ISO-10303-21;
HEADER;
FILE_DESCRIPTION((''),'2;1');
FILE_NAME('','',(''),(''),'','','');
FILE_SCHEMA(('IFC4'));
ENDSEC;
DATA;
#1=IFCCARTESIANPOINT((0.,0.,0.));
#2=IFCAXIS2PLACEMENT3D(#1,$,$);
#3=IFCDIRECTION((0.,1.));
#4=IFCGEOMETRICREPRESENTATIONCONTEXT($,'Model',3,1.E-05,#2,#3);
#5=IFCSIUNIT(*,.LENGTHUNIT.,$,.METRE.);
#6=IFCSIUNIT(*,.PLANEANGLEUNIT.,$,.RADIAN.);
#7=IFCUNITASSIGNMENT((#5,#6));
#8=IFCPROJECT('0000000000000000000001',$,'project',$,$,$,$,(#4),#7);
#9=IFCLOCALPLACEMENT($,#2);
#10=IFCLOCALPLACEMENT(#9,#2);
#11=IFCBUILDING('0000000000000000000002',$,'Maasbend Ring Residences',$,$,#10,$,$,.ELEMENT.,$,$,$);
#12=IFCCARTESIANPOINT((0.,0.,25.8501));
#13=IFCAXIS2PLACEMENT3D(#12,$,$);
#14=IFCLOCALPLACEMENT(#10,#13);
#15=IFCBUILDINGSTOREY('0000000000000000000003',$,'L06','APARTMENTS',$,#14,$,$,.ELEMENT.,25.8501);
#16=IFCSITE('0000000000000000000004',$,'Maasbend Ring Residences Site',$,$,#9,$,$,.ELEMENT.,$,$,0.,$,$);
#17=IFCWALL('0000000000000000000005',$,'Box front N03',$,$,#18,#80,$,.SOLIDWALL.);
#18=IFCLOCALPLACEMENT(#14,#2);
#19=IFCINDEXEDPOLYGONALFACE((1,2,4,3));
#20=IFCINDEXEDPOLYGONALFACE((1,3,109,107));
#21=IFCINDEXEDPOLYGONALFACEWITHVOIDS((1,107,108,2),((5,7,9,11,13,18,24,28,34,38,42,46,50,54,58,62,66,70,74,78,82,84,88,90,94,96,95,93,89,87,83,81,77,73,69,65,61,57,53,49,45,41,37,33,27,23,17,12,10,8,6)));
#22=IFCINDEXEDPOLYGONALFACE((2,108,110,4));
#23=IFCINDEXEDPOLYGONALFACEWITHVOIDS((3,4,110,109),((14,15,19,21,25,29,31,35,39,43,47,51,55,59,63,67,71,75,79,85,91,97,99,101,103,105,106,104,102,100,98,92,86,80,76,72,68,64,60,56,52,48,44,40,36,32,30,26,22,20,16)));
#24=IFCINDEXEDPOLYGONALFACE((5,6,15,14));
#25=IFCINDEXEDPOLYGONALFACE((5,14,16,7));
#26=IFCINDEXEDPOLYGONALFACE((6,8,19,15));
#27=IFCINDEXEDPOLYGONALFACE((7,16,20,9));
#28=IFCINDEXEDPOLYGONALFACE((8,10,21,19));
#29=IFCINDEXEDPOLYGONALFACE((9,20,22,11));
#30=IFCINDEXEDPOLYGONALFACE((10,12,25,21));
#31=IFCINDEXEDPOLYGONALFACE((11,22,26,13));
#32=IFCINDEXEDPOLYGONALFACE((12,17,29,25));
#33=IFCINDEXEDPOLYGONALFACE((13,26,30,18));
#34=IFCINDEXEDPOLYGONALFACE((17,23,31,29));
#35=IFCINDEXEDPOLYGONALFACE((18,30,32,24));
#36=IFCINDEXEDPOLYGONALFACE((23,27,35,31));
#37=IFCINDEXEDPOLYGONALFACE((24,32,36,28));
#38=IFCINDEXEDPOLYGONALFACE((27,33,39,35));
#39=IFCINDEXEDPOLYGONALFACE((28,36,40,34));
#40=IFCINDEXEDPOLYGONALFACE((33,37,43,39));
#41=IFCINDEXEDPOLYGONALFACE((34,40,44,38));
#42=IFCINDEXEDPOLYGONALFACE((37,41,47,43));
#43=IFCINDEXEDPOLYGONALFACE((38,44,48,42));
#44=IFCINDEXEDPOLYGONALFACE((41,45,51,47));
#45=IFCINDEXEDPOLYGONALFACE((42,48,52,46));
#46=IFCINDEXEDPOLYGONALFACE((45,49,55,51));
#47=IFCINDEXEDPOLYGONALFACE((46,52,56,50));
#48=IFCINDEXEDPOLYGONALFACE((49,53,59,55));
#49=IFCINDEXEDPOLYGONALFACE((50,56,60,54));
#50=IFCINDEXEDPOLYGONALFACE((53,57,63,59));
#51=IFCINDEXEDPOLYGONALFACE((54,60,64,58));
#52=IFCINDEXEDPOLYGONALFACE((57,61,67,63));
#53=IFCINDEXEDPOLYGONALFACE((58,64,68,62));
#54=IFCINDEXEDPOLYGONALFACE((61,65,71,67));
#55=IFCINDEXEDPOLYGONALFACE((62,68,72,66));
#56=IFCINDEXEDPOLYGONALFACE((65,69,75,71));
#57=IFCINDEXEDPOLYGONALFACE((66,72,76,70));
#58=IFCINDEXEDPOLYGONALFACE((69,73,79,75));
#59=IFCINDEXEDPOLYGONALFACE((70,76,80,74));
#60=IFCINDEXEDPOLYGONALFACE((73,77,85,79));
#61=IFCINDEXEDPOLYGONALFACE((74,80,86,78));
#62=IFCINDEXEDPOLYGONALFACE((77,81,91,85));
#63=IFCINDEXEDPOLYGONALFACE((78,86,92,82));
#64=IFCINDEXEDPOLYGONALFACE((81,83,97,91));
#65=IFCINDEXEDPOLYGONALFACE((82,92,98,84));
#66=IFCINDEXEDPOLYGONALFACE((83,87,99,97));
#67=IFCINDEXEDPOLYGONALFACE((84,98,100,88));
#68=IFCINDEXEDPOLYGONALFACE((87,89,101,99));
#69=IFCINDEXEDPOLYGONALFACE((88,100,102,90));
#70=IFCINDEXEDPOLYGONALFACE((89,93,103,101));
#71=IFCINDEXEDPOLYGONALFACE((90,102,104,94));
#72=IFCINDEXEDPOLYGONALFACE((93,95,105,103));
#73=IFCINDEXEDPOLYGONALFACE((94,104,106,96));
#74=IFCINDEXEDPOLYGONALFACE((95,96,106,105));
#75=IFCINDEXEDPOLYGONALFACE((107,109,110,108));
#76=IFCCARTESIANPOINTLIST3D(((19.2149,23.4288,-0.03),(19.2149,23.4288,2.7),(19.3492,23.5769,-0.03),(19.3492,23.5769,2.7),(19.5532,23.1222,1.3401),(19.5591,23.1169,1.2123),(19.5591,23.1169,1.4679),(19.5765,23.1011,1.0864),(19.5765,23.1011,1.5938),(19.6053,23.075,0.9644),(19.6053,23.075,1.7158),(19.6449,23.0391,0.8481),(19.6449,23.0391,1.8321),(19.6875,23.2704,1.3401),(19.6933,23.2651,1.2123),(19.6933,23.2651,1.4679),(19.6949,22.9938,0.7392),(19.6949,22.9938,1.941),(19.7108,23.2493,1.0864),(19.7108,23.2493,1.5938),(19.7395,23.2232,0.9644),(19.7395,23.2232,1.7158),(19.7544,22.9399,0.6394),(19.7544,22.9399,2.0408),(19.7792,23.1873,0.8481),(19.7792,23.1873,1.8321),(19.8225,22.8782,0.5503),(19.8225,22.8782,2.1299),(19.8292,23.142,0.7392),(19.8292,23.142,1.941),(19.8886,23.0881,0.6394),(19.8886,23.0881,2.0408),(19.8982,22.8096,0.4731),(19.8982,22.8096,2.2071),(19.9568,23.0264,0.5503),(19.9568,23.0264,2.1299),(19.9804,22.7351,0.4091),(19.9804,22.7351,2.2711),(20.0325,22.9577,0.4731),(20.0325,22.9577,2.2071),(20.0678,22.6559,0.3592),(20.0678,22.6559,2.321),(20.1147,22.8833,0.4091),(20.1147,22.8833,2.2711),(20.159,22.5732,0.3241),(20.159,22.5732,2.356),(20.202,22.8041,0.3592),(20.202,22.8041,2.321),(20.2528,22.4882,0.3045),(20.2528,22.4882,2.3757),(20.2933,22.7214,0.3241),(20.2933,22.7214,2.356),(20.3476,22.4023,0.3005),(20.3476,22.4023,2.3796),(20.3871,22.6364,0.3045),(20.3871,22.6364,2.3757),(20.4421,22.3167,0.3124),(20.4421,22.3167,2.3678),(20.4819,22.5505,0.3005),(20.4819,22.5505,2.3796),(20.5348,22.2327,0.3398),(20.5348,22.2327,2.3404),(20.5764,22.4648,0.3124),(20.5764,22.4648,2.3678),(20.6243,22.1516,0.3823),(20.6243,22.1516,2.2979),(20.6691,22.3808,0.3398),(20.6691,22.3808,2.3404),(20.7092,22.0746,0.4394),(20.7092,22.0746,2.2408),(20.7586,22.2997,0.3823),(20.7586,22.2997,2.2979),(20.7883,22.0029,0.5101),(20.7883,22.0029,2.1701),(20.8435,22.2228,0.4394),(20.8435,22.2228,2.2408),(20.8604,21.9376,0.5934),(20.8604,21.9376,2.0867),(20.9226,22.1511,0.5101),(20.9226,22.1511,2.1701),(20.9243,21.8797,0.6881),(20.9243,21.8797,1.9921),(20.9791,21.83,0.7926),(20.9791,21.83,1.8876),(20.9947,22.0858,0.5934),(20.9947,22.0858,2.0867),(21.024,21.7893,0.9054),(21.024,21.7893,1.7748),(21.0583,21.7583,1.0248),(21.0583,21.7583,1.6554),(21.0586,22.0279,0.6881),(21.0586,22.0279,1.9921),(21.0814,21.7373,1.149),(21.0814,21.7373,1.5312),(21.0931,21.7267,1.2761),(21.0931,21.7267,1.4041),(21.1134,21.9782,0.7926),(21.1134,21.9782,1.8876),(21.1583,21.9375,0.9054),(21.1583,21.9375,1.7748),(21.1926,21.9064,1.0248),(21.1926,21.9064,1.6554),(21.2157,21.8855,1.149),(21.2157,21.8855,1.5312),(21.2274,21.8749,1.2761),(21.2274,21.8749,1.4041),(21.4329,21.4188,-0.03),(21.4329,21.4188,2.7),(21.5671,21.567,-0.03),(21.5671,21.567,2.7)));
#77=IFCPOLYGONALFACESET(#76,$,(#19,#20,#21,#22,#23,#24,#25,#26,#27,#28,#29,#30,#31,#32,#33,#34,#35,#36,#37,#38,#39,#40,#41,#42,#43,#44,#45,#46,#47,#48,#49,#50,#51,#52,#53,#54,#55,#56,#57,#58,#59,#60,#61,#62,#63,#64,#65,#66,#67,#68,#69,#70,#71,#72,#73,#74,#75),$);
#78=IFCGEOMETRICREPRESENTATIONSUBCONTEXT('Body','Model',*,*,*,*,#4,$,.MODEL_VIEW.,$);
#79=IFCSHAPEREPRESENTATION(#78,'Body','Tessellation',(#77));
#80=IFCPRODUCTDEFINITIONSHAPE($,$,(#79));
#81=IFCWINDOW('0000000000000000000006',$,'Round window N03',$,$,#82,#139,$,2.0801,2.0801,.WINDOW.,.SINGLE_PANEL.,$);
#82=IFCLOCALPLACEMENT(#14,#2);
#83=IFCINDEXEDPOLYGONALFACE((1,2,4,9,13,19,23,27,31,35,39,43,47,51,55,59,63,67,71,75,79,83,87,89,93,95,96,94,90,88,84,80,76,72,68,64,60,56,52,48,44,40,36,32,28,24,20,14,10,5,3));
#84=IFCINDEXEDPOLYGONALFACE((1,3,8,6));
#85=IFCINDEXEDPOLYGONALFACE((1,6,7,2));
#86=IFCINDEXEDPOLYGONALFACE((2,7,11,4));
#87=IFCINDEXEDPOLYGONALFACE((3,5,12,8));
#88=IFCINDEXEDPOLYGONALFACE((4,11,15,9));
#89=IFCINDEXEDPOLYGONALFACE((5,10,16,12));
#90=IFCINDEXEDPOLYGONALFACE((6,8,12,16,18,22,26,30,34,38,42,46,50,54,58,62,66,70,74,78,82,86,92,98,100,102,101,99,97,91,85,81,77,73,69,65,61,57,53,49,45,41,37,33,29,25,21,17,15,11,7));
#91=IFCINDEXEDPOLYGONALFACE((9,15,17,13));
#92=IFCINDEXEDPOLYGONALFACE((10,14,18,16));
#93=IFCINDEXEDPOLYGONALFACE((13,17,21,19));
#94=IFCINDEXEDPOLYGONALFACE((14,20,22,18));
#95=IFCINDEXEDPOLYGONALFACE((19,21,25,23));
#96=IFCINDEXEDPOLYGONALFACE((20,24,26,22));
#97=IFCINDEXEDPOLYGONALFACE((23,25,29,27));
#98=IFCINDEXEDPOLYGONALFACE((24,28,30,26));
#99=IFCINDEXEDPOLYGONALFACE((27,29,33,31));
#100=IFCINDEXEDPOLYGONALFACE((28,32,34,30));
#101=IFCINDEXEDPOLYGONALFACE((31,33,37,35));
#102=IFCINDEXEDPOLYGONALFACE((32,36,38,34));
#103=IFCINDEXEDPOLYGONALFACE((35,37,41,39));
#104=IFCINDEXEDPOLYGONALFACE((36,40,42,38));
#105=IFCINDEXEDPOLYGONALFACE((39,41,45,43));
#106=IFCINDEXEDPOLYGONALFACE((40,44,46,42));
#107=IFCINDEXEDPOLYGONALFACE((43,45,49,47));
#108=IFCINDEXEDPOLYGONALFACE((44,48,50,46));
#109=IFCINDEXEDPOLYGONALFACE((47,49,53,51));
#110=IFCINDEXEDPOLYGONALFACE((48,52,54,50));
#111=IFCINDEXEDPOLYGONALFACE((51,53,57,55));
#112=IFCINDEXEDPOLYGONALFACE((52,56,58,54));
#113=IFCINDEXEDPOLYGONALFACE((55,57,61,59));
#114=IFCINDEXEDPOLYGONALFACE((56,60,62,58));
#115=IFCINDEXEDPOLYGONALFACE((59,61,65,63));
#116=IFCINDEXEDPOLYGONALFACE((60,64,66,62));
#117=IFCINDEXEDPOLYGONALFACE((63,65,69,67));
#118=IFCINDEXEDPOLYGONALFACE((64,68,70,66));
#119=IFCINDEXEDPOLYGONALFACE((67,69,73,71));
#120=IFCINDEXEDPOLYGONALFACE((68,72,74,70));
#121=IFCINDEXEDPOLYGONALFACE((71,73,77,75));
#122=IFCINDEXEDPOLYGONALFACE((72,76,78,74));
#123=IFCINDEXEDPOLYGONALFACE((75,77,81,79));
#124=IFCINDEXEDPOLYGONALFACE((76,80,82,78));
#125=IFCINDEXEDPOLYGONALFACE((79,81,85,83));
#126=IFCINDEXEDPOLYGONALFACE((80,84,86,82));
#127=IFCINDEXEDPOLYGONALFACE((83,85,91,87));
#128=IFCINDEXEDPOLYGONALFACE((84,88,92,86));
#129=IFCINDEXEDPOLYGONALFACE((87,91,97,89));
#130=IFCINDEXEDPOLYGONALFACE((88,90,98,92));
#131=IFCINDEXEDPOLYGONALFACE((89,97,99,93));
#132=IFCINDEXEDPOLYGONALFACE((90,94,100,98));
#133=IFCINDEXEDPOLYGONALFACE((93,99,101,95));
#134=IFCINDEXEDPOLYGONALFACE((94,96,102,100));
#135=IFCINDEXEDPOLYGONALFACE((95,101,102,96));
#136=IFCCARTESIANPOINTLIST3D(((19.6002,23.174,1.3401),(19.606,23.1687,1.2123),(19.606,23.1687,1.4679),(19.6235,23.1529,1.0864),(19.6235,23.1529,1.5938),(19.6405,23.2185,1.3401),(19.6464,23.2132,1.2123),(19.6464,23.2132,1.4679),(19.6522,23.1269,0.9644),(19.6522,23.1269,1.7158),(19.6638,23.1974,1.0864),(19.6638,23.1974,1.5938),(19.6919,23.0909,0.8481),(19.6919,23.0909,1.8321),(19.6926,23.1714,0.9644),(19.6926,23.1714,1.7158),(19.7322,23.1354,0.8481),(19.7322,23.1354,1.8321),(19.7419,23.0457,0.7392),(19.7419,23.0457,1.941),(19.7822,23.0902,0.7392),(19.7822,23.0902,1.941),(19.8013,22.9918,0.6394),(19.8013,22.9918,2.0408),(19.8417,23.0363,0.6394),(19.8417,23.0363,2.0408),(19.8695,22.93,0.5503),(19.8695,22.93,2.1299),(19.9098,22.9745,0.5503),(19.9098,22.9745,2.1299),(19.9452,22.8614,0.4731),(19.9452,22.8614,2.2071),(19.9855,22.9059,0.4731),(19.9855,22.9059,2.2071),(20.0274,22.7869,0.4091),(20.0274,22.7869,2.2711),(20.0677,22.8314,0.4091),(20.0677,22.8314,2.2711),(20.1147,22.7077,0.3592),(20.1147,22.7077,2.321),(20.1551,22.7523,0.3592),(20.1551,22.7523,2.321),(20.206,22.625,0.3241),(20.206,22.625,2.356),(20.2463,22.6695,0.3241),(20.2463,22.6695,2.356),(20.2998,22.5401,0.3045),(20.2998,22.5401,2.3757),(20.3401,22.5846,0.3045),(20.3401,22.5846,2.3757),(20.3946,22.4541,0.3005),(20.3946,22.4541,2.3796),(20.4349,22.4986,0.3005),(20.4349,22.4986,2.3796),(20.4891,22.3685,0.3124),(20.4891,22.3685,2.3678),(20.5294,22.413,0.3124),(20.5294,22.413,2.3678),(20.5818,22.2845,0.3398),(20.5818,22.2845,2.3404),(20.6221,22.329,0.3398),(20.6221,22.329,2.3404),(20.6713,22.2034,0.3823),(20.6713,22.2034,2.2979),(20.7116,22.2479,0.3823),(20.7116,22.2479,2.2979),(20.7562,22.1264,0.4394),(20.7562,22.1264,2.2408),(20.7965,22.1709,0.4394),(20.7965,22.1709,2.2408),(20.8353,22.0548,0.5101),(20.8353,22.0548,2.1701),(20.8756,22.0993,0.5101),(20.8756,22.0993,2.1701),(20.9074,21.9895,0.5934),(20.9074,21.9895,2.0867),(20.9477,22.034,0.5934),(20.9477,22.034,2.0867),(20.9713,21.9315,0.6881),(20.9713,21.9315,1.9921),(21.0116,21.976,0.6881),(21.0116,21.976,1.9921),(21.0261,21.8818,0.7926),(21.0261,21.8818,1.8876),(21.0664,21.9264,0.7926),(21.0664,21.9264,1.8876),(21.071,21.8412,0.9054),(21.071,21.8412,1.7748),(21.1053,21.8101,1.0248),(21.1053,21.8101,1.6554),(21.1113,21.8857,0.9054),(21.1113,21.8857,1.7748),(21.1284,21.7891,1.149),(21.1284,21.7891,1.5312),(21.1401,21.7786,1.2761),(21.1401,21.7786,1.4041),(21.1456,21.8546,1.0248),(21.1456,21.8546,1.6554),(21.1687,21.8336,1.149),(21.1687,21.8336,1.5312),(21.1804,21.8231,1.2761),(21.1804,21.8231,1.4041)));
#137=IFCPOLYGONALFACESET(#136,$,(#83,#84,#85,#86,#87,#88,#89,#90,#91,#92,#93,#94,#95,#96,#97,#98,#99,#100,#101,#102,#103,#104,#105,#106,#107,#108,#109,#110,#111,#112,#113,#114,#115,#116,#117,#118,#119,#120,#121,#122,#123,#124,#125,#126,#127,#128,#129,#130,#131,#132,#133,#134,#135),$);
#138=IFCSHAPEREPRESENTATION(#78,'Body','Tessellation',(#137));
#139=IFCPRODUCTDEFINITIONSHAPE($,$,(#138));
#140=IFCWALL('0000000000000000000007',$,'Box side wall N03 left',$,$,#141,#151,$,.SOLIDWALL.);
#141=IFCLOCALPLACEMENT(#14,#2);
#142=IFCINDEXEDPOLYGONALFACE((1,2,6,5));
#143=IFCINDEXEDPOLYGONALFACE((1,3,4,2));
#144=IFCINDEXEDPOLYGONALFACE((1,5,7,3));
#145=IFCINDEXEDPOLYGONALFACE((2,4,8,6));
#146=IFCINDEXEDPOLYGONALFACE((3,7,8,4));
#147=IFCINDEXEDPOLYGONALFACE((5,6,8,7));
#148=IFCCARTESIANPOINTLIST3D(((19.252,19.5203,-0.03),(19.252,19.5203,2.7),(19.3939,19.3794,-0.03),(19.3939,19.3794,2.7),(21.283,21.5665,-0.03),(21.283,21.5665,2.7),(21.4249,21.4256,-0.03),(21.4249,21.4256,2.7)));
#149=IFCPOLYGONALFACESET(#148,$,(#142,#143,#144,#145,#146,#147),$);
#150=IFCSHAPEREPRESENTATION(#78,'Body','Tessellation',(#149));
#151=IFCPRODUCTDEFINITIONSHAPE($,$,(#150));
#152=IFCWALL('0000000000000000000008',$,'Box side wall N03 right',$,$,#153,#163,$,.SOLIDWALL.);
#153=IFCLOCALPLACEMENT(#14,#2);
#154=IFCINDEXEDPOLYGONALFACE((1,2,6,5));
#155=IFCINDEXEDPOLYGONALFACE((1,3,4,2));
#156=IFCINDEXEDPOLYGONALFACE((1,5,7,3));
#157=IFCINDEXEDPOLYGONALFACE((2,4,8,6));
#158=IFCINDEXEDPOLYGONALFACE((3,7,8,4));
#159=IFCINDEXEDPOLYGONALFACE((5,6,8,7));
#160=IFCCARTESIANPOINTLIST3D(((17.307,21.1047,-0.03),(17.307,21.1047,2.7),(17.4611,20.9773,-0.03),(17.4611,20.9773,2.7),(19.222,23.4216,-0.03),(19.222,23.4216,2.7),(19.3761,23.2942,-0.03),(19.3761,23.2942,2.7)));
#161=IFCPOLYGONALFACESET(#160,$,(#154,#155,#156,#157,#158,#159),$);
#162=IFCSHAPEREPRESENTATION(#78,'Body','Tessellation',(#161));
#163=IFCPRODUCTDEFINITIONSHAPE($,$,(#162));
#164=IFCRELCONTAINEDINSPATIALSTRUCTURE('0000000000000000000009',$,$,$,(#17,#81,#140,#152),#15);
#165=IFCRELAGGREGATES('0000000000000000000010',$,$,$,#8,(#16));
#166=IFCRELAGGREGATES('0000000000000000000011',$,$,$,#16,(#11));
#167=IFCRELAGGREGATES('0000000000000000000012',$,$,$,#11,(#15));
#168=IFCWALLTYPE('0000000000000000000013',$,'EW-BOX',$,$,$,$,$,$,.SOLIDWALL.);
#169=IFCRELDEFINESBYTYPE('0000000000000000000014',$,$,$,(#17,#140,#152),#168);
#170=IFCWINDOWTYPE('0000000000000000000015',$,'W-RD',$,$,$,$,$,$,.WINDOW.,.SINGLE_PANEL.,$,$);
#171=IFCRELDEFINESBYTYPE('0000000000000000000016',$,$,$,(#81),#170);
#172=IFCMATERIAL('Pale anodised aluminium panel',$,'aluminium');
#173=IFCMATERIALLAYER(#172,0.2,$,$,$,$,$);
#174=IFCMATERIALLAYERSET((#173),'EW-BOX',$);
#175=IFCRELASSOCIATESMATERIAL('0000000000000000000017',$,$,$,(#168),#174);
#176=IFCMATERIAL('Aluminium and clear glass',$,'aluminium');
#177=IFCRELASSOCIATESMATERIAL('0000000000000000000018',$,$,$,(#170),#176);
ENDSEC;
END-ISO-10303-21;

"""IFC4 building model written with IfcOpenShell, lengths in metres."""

from ifc_helpers import new_model, si_unit, direction, frame, frame_2d, origin, place, context, subcontext, project, spatial, rectangle, circle, extrude, material, layer, layer_set, type_object, element, fill, save


model = new_model("IFC4")

# Units and contexts
model_context = context("Model", 3, precision=1e-05, world=origin(), true_north=direction((0.0, 1.0)))
body_context = subcontext(model_context, "Body", "Model", "MODEL_VIEW")
ifc_project = project(units=[si_unit("LENGTHUNIT", "METRE"), si_unit("PLANEANGLEUNIT", "RADIAN")], contexts=[model_context])

# Site, building, storey
site_placement = place(None, origin())
site = spatial("IfcSite", under=ifc_project, at=site_placement, Name="Maasbend Ring Residences Site", CompositionType="ELEMENT", RefElevation=0.0)
building_placement = place(site_placement, origin())
building = spatial("IfcBuilding", under=site, at=building_placement, Name="Maasbend Ring Residences", CompositionType="ELEMENT")
storey_placement = place(building_placement, frame((0.0, 0.0, 25.8501)))
storey = spatial("IfcBuildingStorey", under=building, at=storey_placement, Name="L06", Description="APARTMENTS", CompositionType="ELEMENT", Elevation=25.8501)

# Wall, opening, window
ifc_material_1 = material(Name="Pale anodised aluminium panel", Category="aluminium")
ifc_layer_1 = layer(ifc_material_1, 0.2)
ifc_layer_set_1 = layer_set([ifc_layer_1], Name="EW-BOX")
wall_type_1 = type_object("IfcWallType", Name="EW-BOX", PredefinedType="SOLIDWALL", material=ifc_layer_set_1)
ifc_material_2 = material(Name="Aluminium and clear glass", Category="aluminium")
window_type_1 = type_object("IfcWindowType", Name="W-RD", PartitioningType="SINGLE_PANEL", PredefinedType="WINDOW", material=ifc_material_2)
wall_1_placement = place(storey_placement, frame((21.5, 21.4929, -0.03), z_axis=(0.0, 0.0, 1.0), x_axis=(-0.740998, 0.671507, 0.0)))
wall_1 = element("IfcWall", 1, at=wall_1_placement, inside=storey, type_object=wall_type_1, Name="Box front N03", PredefinedType="SOLIDWALL", context=body_context, shape_type="SweptSolid", body=[
    extrude(rectangle(XDim=2.9932, YDim=0.2, at=frame_2d((1.4966, 0.0))), origin(), (0.0, 0.0, 1.0), 2.73),
])
opening_1_placement = place(wall_1_placement, frame((0.4565, 0.0, 0.3301)))
opening_1 = element("IfcOpeningElement", 2, at=opening_1_placement, cuts=wall_1, PredefinedType="OPENING", context=body_context, shape_type="SweptSolid", body=[
    extrude(circle(Radius=1.04, at=frame_2d((1.04, 1.04))), frame((0.0, 0.1099, 0.0), z_axis=(0.0, -1.0, 0.0), x_axis=(1.0, 0.0, 0.0)), (0.0, 0.0, 1.0), 0.22),
])
window_1_placement = place(opening_1_placement, origin())
window_1 = element("IfcWindow", 3, at=window_1_placement, inside=storey, type_object=window_type_1, Name="Round window N03", OverallHeight=2.0801, OverallWidth=2.0801, PartitioningType="SINGLE_PANEL", PredefinedType="WINDOW", context=body_context, shape_type="SweptSolid", body=[
    extrude(circle(Radius=1.04, at=frame_2d((1.04, 1.04))), frame((0.0, 0.03, 0.0), z_axis=(0.0, -1.0, 0.0), x_axis=(1.0, 0.0, 0.0)), (0.0, 0.0, 1.0), 0.0601),
])
fill(opening_1, window_1)

# Walls
wall_2_placement = place(storey_placement, frame((19.323, 19.45, -0.03), z_axis=(0.0, 0.0, 1.0), x_axis=(0.704477, 0.709727, 0.0)))
element("IfcWall", 4, at=wall_2_placement, inside=storey, type_object=wall_type_1, Name="Box side wall N03 left", PredefinedType="SOLIDWALL", context=body_context, shape_type="SweptSolid", body=[
    extrude(rectangle(XDim=2.8831, YDim=0.2, at=frame_2d((1.4414, 0.0))), origin(), (0.0, 0.0, 1.0), 2.73),
])
wall_3_placement = place(storey_placement, frame((17.384, 21.041, -0.03), z_axis=(0.0, 0.0, 1.0), x_axis=(0.637096, 0.770785, 0.0)))
element("IfcWall", 5, at=wall_3_placement, inside=storey, type_object=wall_type_1, Name="Box side wall N03 right", PredefinedType="SOLIDWALL", context=body_context, shape_type="SweptSolid", body=[
    extrude(rectangle(XDim=3.0059, YDim=0.2, at=frame_2d((1.5029, 0.0))), origin(), (0.0, 0.0, 1.0), 2.73),
])

save(model, "model.ifc")
